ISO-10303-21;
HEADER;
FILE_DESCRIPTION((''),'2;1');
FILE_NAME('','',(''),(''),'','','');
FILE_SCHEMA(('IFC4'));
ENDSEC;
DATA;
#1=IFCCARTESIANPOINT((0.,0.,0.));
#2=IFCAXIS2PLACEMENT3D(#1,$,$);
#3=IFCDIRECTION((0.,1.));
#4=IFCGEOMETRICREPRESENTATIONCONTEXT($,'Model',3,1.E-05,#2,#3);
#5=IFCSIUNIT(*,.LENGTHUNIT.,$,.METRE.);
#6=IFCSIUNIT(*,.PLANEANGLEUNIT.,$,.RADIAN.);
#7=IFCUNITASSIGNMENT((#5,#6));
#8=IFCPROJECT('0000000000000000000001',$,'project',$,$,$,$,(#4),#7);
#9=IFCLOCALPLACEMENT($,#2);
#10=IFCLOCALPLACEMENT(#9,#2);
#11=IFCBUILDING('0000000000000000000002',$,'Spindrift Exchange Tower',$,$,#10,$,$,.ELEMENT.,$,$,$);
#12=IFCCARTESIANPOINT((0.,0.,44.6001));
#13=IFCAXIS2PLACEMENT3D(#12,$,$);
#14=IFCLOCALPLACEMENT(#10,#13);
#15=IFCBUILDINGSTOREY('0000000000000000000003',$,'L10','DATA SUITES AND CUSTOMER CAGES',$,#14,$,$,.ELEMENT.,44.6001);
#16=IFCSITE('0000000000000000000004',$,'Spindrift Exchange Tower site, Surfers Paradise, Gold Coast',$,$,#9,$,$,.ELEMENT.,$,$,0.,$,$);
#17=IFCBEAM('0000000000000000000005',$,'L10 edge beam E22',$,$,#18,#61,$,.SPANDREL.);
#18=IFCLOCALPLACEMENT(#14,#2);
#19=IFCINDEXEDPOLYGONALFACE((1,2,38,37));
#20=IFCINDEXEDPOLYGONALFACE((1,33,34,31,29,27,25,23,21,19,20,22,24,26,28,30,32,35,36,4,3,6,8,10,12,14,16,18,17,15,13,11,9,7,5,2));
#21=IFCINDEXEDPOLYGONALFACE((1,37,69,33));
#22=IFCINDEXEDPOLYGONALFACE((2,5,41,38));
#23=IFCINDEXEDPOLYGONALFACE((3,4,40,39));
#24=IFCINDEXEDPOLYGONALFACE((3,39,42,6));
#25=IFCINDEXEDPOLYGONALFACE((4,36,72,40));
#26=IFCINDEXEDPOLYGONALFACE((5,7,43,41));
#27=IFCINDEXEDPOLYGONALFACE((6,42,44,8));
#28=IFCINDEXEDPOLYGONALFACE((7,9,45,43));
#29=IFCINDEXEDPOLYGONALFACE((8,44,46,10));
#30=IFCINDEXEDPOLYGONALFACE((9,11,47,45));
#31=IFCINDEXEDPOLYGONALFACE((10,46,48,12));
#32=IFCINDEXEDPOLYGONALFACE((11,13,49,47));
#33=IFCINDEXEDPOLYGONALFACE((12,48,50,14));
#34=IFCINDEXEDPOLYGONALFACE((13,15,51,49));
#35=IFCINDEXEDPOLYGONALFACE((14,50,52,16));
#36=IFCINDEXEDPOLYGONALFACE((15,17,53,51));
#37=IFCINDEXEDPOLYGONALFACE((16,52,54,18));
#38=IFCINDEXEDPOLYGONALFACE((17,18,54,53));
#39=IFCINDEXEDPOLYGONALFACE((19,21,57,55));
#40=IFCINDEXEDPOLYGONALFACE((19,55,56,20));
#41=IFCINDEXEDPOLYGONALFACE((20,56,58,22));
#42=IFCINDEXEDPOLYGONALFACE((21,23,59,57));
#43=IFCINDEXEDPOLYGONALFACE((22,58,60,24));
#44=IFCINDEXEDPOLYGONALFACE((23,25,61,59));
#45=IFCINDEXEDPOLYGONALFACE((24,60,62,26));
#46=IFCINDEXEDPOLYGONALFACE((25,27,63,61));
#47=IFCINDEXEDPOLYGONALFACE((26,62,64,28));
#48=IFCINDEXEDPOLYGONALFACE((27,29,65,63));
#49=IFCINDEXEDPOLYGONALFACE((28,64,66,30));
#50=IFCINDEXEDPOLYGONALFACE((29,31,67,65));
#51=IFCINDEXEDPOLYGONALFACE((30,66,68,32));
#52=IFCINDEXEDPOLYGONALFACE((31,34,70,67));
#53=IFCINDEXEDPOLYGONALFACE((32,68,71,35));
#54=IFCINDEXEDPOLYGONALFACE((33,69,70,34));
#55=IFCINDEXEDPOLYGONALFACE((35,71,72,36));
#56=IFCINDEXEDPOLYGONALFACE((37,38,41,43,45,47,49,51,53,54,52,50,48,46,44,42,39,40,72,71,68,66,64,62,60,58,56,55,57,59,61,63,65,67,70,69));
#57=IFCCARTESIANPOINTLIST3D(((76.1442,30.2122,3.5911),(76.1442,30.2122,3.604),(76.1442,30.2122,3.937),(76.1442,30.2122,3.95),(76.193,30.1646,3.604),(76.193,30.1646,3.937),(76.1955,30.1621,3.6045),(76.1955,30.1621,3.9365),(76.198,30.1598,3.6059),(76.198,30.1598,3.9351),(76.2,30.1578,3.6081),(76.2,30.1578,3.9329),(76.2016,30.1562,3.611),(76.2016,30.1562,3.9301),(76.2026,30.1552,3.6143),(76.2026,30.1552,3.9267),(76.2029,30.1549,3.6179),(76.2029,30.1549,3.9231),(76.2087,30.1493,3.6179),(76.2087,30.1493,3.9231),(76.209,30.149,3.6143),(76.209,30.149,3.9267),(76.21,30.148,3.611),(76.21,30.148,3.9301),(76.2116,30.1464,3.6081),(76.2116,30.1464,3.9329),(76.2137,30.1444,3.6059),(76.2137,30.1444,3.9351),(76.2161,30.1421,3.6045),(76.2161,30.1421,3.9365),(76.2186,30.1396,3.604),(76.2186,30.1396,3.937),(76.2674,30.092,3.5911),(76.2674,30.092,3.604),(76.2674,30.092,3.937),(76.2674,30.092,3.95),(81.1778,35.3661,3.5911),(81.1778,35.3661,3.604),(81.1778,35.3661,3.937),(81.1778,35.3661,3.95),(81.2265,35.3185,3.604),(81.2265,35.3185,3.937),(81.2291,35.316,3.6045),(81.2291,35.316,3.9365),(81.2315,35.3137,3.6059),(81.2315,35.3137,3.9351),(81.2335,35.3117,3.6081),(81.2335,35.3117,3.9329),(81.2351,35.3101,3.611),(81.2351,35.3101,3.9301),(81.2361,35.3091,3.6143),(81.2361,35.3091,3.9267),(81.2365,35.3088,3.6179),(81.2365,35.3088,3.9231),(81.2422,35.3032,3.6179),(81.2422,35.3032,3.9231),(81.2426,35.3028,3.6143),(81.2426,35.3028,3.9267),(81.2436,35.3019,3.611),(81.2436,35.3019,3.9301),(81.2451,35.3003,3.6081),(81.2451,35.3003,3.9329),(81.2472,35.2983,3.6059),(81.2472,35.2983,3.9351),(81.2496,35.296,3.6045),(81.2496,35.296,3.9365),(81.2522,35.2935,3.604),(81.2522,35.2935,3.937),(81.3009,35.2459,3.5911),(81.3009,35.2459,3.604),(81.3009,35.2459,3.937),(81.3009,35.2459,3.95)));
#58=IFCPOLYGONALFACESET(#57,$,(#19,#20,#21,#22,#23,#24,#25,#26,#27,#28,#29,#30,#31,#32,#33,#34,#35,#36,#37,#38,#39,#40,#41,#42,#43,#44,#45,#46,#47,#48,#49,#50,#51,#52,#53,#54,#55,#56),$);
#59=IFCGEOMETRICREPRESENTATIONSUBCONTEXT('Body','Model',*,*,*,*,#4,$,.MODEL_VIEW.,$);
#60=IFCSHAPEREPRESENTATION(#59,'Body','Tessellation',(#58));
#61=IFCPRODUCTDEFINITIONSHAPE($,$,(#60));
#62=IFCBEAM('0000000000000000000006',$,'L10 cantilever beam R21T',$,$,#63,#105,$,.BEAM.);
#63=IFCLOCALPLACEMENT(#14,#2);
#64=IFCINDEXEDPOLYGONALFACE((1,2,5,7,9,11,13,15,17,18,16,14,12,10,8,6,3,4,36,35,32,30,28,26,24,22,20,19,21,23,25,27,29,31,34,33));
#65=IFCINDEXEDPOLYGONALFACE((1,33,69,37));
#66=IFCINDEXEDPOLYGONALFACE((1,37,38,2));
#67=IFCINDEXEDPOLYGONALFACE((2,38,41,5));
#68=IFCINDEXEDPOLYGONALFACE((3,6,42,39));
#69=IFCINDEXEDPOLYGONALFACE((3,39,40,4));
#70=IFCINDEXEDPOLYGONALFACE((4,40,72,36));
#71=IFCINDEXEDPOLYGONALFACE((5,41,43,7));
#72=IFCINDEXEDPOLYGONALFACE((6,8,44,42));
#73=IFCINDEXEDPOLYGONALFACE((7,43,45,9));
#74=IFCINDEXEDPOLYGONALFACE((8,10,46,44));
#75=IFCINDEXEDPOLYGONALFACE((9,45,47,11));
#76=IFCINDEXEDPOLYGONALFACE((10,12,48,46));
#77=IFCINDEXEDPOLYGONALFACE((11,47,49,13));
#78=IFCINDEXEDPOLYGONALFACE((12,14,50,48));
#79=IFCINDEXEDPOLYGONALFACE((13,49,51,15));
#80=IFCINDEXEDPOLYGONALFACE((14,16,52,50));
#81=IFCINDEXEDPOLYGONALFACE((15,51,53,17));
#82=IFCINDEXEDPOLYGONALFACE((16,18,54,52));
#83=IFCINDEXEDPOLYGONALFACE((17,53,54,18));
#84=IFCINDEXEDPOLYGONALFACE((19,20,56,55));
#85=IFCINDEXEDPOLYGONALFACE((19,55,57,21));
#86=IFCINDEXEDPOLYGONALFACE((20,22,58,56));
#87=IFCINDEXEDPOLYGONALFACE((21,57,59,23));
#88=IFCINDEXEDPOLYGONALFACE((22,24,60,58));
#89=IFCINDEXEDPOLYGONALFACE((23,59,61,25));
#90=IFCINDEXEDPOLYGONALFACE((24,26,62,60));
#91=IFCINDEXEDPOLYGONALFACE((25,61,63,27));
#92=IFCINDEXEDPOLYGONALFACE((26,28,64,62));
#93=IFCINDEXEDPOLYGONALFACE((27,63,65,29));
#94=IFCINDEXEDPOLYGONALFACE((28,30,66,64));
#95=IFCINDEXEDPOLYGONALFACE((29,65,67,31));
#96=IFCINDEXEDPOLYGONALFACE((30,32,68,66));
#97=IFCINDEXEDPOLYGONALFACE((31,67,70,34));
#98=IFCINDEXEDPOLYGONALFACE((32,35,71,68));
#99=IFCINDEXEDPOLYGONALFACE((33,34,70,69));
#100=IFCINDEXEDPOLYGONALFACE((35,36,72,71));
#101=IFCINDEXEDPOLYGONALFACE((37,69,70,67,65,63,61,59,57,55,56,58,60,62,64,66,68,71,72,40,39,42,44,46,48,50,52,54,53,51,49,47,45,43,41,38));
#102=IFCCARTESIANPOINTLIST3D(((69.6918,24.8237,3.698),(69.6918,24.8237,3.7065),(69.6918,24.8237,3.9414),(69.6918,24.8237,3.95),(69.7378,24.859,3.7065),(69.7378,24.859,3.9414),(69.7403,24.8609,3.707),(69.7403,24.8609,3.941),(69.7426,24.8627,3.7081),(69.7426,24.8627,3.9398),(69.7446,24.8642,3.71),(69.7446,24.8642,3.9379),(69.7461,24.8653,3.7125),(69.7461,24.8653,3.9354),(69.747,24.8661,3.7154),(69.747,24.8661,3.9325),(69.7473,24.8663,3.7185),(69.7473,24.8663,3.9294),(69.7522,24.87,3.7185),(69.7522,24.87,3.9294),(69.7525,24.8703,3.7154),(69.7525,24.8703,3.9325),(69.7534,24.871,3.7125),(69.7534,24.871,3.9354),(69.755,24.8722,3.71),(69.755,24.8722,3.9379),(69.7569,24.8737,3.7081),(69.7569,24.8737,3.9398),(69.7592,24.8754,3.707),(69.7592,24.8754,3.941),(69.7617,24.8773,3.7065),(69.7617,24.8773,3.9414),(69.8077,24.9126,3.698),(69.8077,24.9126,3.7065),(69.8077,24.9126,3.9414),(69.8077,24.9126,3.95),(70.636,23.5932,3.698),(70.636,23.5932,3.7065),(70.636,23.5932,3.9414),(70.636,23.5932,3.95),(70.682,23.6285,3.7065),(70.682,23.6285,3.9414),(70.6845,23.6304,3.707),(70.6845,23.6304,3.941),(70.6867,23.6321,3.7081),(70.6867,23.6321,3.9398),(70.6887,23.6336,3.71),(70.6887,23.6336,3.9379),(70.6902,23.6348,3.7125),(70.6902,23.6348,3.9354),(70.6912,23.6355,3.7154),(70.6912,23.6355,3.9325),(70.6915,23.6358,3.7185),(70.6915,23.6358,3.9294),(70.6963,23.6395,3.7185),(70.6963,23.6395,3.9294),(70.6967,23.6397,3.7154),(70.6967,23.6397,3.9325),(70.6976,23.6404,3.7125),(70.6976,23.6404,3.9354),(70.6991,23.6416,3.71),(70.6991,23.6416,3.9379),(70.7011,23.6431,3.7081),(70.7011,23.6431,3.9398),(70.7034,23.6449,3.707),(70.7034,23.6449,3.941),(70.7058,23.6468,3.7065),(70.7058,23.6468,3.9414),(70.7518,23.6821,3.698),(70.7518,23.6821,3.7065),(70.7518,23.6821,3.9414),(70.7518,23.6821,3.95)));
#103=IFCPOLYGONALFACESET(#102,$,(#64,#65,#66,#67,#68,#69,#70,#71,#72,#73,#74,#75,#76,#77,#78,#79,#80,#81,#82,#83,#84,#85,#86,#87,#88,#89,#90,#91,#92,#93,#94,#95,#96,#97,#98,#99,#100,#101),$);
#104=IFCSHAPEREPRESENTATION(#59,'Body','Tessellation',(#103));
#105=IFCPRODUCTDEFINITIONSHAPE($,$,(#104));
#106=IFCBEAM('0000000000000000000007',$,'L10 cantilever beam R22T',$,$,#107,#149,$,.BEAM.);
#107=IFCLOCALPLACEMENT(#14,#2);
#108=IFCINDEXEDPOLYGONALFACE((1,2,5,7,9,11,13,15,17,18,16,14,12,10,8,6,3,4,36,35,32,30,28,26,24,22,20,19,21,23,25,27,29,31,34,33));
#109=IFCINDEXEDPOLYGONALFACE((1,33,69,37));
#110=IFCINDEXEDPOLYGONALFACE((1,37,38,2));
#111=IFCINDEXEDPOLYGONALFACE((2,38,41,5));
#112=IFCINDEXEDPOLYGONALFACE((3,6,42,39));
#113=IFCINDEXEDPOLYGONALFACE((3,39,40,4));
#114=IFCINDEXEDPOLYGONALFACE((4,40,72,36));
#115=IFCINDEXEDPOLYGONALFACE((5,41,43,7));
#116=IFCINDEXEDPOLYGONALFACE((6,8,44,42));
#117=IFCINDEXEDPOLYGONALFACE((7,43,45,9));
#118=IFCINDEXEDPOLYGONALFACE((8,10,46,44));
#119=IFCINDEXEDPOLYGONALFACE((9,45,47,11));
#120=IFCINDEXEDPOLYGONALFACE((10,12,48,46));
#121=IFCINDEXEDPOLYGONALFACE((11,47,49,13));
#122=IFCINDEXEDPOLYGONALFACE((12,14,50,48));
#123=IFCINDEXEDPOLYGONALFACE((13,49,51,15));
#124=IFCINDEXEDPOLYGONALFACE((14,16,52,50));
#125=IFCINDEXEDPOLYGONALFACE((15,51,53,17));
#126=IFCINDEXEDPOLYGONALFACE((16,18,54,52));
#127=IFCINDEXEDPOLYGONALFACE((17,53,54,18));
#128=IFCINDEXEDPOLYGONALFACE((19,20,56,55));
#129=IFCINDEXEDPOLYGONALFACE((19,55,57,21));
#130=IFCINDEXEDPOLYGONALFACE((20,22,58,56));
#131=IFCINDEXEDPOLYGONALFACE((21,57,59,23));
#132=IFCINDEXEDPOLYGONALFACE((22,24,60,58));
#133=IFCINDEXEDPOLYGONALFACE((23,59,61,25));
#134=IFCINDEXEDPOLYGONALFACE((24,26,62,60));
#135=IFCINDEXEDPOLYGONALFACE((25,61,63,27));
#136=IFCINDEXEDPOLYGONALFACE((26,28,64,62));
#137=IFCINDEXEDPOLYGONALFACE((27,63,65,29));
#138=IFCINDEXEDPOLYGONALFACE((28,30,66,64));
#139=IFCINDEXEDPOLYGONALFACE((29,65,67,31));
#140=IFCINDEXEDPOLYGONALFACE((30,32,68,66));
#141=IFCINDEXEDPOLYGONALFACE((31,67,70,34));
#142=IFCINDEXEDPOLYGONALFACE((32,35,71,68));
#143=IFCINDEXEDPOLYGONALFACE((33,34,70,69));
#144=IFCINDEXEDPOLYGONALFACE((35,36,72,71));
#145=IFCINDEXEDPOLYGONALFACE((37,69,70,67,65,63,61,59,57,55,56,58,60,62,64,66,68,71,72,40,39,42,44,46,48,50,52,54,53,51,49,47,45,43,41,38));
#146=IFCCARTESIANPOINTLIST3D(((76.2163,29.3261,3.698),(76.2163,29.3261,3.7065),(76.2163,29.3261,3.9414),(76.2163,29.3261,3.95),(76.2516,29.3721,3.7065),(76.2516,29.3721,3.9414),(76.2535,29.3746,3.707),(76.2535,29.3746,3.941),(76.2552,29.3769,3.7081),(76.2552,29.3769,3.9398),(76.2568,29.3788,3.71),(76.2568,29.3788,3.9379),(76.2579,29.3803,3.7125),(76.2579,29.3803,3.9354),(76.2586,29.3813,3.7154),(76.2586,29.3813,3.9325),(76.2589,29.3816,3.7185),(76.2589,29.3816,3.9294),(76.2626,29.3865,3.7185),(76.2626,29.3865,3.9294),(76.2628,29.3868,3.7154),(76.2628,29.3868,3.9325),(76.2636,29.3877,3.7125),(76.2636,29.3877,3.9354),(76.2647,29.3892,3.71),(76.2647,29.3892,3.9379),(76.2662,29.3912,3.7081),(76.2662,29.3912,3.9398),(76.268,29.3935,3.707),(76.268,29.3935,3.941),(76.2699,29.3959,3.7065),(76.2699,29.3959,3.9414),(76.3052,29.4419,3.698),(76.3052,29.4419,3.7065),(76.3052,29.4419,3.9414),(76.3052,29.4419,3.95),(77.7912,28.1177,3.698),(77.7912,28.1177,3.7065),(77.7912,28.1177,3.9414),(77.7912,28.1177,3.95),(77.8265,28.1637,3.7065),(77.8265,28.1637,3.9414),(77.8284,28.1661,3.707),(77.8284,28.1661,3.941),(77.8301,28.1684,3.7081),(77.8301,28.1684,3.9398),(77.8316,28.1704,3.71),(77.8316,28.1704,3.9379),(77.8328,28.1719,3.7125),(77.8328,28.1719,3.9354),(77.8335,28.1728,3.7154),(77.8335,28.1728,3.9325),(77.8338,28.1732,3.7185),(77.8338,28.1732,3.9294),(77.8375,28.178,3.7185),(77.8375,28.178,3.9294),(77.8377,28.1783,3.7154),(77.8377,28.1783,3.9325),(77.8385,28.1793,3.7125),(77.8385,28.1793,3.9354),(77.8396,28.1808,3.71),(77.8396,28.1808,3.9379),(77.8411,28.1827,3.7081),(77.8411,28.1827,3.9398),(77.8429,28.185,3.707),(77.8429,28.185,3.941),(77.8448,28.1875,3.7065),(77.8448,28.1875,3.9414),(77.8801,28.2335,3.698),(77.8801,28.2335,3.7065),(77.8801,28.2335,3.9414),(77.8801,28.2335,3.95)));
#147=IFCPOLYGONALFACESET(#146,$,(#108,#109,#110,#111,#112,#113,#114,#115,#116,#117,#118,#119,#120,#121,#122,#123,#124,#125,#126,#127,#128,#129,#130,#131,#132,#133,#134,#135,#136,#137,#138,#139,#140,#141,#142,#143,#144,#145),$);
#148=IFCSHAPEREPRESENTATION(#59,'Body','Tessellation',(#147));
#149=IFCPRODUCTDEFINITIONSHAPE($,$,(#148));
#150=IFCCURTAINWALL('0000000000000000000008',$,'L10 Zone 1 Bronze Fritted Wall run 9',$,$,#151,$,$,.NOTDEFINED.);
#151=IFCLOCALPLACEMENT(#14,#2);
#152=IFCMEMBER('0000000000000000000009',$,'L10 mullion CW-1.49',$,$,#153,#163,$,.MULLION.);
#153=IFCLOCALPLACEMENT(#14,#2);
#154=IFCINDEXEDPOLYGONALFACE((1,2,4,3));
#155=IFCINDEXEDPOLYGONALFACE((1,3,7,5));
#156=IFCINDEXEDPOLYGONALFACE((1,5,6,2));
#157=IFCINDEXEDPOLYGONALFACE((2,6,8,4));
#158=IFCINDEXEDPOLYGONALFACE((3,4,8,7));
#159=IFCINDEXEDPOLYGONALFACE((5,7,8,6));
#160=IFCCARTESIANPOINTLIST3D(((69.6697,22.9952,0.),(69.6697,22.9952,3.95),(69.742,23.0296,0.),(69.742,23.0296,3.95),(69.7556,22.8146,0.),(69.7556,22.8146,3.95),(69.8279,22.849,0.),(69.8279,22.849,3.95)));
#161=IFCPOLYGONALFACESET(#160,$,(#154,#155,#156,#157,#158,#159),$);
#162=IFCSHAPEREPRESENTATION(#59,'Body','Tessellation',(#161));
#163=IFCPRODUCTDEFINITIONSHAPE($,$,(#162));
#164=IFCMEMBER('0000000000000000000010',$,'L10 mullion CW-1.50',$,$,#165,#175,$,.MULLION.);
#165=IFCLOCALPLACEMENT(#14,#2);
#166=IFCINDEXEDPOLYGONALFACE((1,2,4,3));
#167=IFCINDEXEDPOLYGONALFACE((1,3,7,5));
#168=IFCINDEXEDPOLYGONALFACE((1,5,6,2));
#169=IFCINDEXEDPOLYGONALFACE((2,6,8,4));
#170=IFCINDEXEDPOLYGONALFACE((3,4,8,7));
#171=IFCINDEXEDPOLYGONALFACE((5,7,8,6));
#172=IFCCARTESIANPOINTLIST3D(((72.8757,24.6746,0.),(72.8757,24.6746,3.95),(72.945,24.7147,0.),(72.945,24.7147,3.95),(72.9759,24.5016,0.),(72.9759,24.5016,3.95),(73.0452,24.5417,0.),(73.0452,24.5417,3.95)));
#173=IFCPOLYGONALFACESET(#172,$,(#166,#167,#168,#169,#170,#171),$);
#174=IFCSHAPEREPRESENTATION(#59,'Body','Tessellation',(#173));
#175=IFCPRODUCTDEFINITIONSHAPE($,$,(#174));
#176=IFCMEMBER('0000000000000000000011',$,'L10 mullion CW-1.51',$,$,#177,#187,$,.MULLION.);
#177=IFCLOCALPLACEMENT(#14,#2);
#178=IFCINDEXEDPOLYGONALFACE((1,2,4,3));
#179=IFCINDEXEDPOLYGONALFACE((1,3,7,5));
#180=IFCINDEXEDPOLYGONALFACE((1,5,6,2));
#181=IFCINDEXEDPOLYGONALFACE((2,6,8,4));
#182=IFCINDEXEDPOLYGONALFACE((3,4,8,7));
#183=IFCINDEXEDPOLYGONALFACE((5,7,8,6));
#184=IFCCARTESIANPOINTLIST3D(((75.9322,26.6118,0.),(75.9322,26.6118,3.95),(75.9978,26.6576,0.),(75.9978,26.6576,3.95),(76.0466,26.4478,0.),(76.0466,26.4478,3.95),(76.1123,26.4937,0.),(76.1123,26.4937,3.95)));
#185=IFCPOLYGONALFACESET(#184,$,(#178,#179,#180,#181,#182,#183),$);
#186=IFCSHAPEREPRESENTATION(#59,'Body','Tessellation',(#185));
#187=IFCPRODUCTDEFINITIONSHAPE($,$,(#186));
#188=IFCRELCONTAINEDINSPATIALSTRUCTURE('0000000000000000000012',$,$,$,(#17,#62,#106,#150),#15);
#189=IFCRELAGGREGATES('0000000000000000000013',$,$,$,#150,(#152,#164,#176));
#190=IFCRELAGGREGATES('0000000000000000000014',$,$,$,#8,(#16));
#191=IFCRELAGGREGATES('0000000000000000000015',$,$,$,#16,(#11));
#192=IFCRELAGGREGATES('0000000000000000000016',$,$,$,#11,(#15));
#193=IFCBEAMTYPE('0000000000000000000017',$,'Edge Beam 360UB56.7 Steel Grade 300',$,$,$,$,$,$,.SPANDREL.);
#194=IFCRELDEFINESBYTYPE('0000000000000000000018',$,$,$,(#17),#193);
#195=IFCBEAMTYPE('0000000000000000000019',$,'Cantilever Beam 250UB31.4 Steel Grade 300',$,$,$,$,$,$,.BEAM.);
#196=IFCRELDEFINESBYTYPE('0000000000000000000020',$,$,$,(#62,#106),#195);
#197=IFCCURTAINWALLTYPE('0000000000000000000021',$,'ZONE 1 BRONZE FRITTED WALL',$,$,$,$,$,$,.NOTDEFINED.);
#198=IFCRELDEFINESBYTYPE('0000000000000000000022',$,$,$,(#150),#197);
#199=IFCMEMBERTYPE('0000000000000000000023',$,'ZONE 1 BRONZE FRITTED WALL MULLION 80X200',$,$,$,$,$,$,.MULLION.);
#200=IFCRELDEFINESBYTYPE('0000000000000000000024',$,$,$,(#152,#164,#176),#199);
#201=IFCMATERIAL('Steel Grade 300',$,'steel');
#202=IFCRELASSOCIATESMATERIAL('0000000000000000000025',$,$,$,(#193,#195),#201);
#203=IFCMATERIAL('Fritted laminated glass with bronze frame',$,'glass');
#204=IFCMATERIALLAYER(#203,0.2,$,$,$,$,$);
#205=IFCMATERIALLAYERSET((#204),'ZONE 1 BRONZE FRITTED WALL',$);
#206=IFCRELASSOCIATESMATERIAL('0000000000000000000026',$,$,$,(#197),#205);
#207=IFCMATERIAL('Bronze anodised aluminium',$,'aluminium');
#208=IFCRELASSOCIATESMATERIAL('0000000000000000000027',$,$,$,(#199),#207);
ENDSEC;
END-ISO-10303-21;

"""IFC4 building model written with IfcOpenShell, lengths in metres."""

from ifc_helpers import new_model, si_unit, direction, frame, origin, origin_2d, place, context, subcontext, project, spatial, rectangle, i_section, extrude, source, transform, mapped, material, layer, layer_set, material_profile, profile_set, type_object, element, aggregate, save


model = new_model("IFC4")

# Units and contexts
model_context = context("Model", 3, precision=1e-05, world=origin(), true_north=direction((0.0, 1.0)))
body_context = subcontext(model_context, "Body", "Model", "MODEL_VIEW")
ifc_project = project(units=[si_unit("LENGTHUNIT", "METRE"), si_unit("PLANEANGLEUNIT", "RADIAN")], contexts=[model_context])

# Site, building, storey
site_placement = place(None, origin())
site = spatial("IfcSite", under=ifc_project, at=site_placement, Name="Spindrift Exchange Tower site, Surfers Paradise, Gold Coast", CompositionType="ELEMENT", RefElevation=0.0)
building_placement = place(site_placement, origin())
building = spatial("IfcBuilding", under=site, at=building_placement, Name="Spindrift Exchange Tower", CompositionType="ELEMENT")
storey_placement = place(building_placement, frame((0.0, 0.0, 44.6001)))
storey = spatial("IfcBuildingStorey", under=building, at=storey_placement, Name="L10", Description="DATA SUITES AND CUSTOMER CAGES", CompositionType="ELEMENT", Elevation=44.6001)

# Beams
ifc_material_1 = material(Name="Steel Grade 300", Category="steel")
ifc_material_profile_1 = material_profile(ifc_material_1, i_section(OverallWidth=0.1721, OverallDepth=0.3589, WebThickness=0.0081, FlangeThickness=0.0129, FilletRadius=0.0139, at=origin_2d()), Name="360UB56.7")
ifc_profile_set_1 = profile_set([ifc_material_profile_1], Name="Steel Grade 300")
beam_type_1 = type_object("IfcBeamType", Name="Edge Beam 360UB56.7 Steel Grade 300", PredefinedType="SPANDREL", material=ifc_profile_set_1)
shared_shape_1 = source(origin(), body_context, "Body", "SweptSolid", [
    extrude(i_section(OverallWidth=0.1721, OverallDepth=0.3589, WebThickness=0.0081, FlangeThickness=0.0129, FilletRadius=0.0139, at=origin_2d()), origin(), (0.0, 0.0, 1.0), 7.2041),
])
beam_1_placement = place(storey_placement, frame((76.2058, 30.1521, 3.7705), z_axis=(0.698704, 0.715411, 0.0), x_axis=(-0.715411, 0.698704, 0.0)))
element("IfcBeam", 1, at=beam_1_placement, inside=storey, type_object=beam_type_1, Name="L10 edge beam E22", PredefinedType="SPANDREL", context=body_context, shape_type="MappedRepresentation", body=[
    mapped(shared_shape_1, transform((0.0, 0.0, 0.0), scale=1.0)),
])
ifc_material_profile_2 = material_profile(ifc_material_1, i_section(OverallWidth=0.146, OverallDepth=0.252, WebThickness=0.0061, FlangeThickness=0.0085, FilletRadius=0.012, at=origin_2d()), Name="250UB31.4")
ifc_profile_set_2 = profile_set([ifc_material_profile_2], Name="Steel Grade 300")
beam_type_2 = type_object("IfcBeamType", Name="Cantilever Beam 250UB31.4 Steel Grade 300", PredefinedType="BEAM", material=ifc_profile_set_2)
shared_shape_2 = source(origin(), body_context, "Body", "SweptSolid", [
    extrude(i_section(OverallWidth=0.146, OverallDepth=0.252, WebThickness=0.0061, FlangeThickness=0.0085, FilletRadius=0.012, at=origin_2d()), origin(), (0.0, 0.0, 1.0), 1.551),
])
beam_2_placement = place(storey_placement, frame((69.7498, 24.8682, 3.824), z_axis=(0.608729, -0.793378, 0.0), x_axis=(0.793378, 0.608729, 0.0)))
element("IfcBeam", 2, at=beam_2_placement, inside=storey, type_object=beam_type_2, Name="L10 cantilever beam R21T", PredefinedType="BEAM", context=body_context, shape_type="MappedRepresentation", body=[
    mapped(shared_shape_2, transform((0.0, 0.0, 0.0), scale=1.0)),
])
shared_shape_3 = source(origin(), body_context, "Body", "SweptSolid", [
    extrude(i_section(OverallWidth=0.146, OverallDepth=0.252, WebThickness=0.0061, FlangeThickness=0.0085, FilletRadius=0.012, at=origin_2d()), origin(), (0.0, 0.0, 1.0), 1.9851),
])
beam_3_placement = place(storey_placement, frame((76.2607, 29.384, 3.824), z_axis=(0.793355, -0.608759, 0.0), x_axis=(0.608759, 0.793355, 0.0)))
element("IfcBeam", 3, at=beam_3_placement, inside=storey, type_object=beam_type_2, Name="L10 cantilever beam R22T", PredefinedType="BEAM", context=body_context, shape_type="MappedRepresentation", body=[
    mapped(shared_shape_3, transform((0.0, 0.0, 0.0), scale=1.0)),
])

# Curtain wall, members
ifc_material_2 = material(Name="Fritted laminated glass with bronze frame", Category="glass")
ifc_layer_1 = layer(ifc_material_2, 0.2)
ifc_layer_set_1 = layer_set([ifc_layer_1], Name="ZONE 1 BRONZE FRITTED WALL")
curtain_wall_type = type_object("IfcCurtainWallType", Name="ZONE 1 BRONZE FRITTED WALL", PredefinedType="NOTDEFINED", material=ifc_layer_set_1)
curtain_wall_1_placement = place(storey_placement, origin())
curtain_wall_1 = element("IfcCurtainWall", 4, at=curtain_wall_1_placement, inside=storey, type_object=curtain_wall_type, Name="L10 Zone 1 Bronze Fritted Wall run 9", PredefinedType="NOTDEFINED")
ifc_material_3 = material(Name="Bronze anodised aluminium", Category="aluminium")
ifc_material_profile_3 = material_profile(ifc_material_3, rectangle(XDim=0.0801, YDim=0.2, at=origin_2d()), Name="ZONE 1 BRONZE FRITTED WALL MULLION 80X200")
ifc_profile_set_3 = profile_set([ifc_material_profile_3], Name="Bronze anodised aluminium")
member_type_1 = type_object("IfcMemberType", Name="ZONE 1 BRONZE FRITTED WALL MULLION 80X200", PredefinedType="MULLION", material=ifc_profile_set_3)
shared_shape_4 = source(origin(), body_context, "Body", "SweptSolid", [
    extrude(rectangle(XDim=0.0801, YDim=0.2, at=origin_2d()), origin(), (0.0, 0.0, 1.0), 3.95),
])
member_1_placement = place(storey_placement, frame((69.7488, 22.9221, 0.0), z_axis=(0.0, 0.0, 1.0), x_axis=(0.903023, 0.429591, 0.0)))
member_1 = element("IfcMember", 5, at=member_1_placement, type_object=member_type_1, Name="L10 mullion CW-1.49", PredefinedType="MULLION", context=body_context, shape_type="MappedRepresentation", body=[
    mapped(shared_shape_4, transform((0.0, 0.0, 0.0), scale=1.0)),
])
member_2_placement = place(storey_placement, frame((72.9604, 24.6082, 0.0), z_axis=(0.0, 0.0, 1.0), x_axis=(0.865517, 0.500879, 0.0)))
member_2 = element("IfcMember", 6, at=member_2_placement, type_object=member_type_1, Name="L10 mullion CW-1.50", PredefinedType="MULLION", context=body_context, shape_type="MappedRepresentation", body=[
    mapped(shared_shape_4, transform((0.0, 0.0, 0.0), scale=1.0)),
])
member_3_placement = place(storey_placement, frame((76.0222, 26.5527, 0.0), z_axis=(0.0, 0.0, 1.0), x_axis=(0.819944, 0.572443, 0.0)))
member_3 = element("IfcMember", 7, at=member_3_placement, type_object=member_type_1, Name="L10 mullion CW-1.51", PredefinedType="MULLION", context=body_context, shape_type="MappedRepresentation", body=[
    mapped(shared_shape_4, transform((0.0, 0.0, 0.0), scale=1.0)),
])

aggregate(curtain_wall_1, [member_1, member_2, member_3])

save(model, "model.ifc")
